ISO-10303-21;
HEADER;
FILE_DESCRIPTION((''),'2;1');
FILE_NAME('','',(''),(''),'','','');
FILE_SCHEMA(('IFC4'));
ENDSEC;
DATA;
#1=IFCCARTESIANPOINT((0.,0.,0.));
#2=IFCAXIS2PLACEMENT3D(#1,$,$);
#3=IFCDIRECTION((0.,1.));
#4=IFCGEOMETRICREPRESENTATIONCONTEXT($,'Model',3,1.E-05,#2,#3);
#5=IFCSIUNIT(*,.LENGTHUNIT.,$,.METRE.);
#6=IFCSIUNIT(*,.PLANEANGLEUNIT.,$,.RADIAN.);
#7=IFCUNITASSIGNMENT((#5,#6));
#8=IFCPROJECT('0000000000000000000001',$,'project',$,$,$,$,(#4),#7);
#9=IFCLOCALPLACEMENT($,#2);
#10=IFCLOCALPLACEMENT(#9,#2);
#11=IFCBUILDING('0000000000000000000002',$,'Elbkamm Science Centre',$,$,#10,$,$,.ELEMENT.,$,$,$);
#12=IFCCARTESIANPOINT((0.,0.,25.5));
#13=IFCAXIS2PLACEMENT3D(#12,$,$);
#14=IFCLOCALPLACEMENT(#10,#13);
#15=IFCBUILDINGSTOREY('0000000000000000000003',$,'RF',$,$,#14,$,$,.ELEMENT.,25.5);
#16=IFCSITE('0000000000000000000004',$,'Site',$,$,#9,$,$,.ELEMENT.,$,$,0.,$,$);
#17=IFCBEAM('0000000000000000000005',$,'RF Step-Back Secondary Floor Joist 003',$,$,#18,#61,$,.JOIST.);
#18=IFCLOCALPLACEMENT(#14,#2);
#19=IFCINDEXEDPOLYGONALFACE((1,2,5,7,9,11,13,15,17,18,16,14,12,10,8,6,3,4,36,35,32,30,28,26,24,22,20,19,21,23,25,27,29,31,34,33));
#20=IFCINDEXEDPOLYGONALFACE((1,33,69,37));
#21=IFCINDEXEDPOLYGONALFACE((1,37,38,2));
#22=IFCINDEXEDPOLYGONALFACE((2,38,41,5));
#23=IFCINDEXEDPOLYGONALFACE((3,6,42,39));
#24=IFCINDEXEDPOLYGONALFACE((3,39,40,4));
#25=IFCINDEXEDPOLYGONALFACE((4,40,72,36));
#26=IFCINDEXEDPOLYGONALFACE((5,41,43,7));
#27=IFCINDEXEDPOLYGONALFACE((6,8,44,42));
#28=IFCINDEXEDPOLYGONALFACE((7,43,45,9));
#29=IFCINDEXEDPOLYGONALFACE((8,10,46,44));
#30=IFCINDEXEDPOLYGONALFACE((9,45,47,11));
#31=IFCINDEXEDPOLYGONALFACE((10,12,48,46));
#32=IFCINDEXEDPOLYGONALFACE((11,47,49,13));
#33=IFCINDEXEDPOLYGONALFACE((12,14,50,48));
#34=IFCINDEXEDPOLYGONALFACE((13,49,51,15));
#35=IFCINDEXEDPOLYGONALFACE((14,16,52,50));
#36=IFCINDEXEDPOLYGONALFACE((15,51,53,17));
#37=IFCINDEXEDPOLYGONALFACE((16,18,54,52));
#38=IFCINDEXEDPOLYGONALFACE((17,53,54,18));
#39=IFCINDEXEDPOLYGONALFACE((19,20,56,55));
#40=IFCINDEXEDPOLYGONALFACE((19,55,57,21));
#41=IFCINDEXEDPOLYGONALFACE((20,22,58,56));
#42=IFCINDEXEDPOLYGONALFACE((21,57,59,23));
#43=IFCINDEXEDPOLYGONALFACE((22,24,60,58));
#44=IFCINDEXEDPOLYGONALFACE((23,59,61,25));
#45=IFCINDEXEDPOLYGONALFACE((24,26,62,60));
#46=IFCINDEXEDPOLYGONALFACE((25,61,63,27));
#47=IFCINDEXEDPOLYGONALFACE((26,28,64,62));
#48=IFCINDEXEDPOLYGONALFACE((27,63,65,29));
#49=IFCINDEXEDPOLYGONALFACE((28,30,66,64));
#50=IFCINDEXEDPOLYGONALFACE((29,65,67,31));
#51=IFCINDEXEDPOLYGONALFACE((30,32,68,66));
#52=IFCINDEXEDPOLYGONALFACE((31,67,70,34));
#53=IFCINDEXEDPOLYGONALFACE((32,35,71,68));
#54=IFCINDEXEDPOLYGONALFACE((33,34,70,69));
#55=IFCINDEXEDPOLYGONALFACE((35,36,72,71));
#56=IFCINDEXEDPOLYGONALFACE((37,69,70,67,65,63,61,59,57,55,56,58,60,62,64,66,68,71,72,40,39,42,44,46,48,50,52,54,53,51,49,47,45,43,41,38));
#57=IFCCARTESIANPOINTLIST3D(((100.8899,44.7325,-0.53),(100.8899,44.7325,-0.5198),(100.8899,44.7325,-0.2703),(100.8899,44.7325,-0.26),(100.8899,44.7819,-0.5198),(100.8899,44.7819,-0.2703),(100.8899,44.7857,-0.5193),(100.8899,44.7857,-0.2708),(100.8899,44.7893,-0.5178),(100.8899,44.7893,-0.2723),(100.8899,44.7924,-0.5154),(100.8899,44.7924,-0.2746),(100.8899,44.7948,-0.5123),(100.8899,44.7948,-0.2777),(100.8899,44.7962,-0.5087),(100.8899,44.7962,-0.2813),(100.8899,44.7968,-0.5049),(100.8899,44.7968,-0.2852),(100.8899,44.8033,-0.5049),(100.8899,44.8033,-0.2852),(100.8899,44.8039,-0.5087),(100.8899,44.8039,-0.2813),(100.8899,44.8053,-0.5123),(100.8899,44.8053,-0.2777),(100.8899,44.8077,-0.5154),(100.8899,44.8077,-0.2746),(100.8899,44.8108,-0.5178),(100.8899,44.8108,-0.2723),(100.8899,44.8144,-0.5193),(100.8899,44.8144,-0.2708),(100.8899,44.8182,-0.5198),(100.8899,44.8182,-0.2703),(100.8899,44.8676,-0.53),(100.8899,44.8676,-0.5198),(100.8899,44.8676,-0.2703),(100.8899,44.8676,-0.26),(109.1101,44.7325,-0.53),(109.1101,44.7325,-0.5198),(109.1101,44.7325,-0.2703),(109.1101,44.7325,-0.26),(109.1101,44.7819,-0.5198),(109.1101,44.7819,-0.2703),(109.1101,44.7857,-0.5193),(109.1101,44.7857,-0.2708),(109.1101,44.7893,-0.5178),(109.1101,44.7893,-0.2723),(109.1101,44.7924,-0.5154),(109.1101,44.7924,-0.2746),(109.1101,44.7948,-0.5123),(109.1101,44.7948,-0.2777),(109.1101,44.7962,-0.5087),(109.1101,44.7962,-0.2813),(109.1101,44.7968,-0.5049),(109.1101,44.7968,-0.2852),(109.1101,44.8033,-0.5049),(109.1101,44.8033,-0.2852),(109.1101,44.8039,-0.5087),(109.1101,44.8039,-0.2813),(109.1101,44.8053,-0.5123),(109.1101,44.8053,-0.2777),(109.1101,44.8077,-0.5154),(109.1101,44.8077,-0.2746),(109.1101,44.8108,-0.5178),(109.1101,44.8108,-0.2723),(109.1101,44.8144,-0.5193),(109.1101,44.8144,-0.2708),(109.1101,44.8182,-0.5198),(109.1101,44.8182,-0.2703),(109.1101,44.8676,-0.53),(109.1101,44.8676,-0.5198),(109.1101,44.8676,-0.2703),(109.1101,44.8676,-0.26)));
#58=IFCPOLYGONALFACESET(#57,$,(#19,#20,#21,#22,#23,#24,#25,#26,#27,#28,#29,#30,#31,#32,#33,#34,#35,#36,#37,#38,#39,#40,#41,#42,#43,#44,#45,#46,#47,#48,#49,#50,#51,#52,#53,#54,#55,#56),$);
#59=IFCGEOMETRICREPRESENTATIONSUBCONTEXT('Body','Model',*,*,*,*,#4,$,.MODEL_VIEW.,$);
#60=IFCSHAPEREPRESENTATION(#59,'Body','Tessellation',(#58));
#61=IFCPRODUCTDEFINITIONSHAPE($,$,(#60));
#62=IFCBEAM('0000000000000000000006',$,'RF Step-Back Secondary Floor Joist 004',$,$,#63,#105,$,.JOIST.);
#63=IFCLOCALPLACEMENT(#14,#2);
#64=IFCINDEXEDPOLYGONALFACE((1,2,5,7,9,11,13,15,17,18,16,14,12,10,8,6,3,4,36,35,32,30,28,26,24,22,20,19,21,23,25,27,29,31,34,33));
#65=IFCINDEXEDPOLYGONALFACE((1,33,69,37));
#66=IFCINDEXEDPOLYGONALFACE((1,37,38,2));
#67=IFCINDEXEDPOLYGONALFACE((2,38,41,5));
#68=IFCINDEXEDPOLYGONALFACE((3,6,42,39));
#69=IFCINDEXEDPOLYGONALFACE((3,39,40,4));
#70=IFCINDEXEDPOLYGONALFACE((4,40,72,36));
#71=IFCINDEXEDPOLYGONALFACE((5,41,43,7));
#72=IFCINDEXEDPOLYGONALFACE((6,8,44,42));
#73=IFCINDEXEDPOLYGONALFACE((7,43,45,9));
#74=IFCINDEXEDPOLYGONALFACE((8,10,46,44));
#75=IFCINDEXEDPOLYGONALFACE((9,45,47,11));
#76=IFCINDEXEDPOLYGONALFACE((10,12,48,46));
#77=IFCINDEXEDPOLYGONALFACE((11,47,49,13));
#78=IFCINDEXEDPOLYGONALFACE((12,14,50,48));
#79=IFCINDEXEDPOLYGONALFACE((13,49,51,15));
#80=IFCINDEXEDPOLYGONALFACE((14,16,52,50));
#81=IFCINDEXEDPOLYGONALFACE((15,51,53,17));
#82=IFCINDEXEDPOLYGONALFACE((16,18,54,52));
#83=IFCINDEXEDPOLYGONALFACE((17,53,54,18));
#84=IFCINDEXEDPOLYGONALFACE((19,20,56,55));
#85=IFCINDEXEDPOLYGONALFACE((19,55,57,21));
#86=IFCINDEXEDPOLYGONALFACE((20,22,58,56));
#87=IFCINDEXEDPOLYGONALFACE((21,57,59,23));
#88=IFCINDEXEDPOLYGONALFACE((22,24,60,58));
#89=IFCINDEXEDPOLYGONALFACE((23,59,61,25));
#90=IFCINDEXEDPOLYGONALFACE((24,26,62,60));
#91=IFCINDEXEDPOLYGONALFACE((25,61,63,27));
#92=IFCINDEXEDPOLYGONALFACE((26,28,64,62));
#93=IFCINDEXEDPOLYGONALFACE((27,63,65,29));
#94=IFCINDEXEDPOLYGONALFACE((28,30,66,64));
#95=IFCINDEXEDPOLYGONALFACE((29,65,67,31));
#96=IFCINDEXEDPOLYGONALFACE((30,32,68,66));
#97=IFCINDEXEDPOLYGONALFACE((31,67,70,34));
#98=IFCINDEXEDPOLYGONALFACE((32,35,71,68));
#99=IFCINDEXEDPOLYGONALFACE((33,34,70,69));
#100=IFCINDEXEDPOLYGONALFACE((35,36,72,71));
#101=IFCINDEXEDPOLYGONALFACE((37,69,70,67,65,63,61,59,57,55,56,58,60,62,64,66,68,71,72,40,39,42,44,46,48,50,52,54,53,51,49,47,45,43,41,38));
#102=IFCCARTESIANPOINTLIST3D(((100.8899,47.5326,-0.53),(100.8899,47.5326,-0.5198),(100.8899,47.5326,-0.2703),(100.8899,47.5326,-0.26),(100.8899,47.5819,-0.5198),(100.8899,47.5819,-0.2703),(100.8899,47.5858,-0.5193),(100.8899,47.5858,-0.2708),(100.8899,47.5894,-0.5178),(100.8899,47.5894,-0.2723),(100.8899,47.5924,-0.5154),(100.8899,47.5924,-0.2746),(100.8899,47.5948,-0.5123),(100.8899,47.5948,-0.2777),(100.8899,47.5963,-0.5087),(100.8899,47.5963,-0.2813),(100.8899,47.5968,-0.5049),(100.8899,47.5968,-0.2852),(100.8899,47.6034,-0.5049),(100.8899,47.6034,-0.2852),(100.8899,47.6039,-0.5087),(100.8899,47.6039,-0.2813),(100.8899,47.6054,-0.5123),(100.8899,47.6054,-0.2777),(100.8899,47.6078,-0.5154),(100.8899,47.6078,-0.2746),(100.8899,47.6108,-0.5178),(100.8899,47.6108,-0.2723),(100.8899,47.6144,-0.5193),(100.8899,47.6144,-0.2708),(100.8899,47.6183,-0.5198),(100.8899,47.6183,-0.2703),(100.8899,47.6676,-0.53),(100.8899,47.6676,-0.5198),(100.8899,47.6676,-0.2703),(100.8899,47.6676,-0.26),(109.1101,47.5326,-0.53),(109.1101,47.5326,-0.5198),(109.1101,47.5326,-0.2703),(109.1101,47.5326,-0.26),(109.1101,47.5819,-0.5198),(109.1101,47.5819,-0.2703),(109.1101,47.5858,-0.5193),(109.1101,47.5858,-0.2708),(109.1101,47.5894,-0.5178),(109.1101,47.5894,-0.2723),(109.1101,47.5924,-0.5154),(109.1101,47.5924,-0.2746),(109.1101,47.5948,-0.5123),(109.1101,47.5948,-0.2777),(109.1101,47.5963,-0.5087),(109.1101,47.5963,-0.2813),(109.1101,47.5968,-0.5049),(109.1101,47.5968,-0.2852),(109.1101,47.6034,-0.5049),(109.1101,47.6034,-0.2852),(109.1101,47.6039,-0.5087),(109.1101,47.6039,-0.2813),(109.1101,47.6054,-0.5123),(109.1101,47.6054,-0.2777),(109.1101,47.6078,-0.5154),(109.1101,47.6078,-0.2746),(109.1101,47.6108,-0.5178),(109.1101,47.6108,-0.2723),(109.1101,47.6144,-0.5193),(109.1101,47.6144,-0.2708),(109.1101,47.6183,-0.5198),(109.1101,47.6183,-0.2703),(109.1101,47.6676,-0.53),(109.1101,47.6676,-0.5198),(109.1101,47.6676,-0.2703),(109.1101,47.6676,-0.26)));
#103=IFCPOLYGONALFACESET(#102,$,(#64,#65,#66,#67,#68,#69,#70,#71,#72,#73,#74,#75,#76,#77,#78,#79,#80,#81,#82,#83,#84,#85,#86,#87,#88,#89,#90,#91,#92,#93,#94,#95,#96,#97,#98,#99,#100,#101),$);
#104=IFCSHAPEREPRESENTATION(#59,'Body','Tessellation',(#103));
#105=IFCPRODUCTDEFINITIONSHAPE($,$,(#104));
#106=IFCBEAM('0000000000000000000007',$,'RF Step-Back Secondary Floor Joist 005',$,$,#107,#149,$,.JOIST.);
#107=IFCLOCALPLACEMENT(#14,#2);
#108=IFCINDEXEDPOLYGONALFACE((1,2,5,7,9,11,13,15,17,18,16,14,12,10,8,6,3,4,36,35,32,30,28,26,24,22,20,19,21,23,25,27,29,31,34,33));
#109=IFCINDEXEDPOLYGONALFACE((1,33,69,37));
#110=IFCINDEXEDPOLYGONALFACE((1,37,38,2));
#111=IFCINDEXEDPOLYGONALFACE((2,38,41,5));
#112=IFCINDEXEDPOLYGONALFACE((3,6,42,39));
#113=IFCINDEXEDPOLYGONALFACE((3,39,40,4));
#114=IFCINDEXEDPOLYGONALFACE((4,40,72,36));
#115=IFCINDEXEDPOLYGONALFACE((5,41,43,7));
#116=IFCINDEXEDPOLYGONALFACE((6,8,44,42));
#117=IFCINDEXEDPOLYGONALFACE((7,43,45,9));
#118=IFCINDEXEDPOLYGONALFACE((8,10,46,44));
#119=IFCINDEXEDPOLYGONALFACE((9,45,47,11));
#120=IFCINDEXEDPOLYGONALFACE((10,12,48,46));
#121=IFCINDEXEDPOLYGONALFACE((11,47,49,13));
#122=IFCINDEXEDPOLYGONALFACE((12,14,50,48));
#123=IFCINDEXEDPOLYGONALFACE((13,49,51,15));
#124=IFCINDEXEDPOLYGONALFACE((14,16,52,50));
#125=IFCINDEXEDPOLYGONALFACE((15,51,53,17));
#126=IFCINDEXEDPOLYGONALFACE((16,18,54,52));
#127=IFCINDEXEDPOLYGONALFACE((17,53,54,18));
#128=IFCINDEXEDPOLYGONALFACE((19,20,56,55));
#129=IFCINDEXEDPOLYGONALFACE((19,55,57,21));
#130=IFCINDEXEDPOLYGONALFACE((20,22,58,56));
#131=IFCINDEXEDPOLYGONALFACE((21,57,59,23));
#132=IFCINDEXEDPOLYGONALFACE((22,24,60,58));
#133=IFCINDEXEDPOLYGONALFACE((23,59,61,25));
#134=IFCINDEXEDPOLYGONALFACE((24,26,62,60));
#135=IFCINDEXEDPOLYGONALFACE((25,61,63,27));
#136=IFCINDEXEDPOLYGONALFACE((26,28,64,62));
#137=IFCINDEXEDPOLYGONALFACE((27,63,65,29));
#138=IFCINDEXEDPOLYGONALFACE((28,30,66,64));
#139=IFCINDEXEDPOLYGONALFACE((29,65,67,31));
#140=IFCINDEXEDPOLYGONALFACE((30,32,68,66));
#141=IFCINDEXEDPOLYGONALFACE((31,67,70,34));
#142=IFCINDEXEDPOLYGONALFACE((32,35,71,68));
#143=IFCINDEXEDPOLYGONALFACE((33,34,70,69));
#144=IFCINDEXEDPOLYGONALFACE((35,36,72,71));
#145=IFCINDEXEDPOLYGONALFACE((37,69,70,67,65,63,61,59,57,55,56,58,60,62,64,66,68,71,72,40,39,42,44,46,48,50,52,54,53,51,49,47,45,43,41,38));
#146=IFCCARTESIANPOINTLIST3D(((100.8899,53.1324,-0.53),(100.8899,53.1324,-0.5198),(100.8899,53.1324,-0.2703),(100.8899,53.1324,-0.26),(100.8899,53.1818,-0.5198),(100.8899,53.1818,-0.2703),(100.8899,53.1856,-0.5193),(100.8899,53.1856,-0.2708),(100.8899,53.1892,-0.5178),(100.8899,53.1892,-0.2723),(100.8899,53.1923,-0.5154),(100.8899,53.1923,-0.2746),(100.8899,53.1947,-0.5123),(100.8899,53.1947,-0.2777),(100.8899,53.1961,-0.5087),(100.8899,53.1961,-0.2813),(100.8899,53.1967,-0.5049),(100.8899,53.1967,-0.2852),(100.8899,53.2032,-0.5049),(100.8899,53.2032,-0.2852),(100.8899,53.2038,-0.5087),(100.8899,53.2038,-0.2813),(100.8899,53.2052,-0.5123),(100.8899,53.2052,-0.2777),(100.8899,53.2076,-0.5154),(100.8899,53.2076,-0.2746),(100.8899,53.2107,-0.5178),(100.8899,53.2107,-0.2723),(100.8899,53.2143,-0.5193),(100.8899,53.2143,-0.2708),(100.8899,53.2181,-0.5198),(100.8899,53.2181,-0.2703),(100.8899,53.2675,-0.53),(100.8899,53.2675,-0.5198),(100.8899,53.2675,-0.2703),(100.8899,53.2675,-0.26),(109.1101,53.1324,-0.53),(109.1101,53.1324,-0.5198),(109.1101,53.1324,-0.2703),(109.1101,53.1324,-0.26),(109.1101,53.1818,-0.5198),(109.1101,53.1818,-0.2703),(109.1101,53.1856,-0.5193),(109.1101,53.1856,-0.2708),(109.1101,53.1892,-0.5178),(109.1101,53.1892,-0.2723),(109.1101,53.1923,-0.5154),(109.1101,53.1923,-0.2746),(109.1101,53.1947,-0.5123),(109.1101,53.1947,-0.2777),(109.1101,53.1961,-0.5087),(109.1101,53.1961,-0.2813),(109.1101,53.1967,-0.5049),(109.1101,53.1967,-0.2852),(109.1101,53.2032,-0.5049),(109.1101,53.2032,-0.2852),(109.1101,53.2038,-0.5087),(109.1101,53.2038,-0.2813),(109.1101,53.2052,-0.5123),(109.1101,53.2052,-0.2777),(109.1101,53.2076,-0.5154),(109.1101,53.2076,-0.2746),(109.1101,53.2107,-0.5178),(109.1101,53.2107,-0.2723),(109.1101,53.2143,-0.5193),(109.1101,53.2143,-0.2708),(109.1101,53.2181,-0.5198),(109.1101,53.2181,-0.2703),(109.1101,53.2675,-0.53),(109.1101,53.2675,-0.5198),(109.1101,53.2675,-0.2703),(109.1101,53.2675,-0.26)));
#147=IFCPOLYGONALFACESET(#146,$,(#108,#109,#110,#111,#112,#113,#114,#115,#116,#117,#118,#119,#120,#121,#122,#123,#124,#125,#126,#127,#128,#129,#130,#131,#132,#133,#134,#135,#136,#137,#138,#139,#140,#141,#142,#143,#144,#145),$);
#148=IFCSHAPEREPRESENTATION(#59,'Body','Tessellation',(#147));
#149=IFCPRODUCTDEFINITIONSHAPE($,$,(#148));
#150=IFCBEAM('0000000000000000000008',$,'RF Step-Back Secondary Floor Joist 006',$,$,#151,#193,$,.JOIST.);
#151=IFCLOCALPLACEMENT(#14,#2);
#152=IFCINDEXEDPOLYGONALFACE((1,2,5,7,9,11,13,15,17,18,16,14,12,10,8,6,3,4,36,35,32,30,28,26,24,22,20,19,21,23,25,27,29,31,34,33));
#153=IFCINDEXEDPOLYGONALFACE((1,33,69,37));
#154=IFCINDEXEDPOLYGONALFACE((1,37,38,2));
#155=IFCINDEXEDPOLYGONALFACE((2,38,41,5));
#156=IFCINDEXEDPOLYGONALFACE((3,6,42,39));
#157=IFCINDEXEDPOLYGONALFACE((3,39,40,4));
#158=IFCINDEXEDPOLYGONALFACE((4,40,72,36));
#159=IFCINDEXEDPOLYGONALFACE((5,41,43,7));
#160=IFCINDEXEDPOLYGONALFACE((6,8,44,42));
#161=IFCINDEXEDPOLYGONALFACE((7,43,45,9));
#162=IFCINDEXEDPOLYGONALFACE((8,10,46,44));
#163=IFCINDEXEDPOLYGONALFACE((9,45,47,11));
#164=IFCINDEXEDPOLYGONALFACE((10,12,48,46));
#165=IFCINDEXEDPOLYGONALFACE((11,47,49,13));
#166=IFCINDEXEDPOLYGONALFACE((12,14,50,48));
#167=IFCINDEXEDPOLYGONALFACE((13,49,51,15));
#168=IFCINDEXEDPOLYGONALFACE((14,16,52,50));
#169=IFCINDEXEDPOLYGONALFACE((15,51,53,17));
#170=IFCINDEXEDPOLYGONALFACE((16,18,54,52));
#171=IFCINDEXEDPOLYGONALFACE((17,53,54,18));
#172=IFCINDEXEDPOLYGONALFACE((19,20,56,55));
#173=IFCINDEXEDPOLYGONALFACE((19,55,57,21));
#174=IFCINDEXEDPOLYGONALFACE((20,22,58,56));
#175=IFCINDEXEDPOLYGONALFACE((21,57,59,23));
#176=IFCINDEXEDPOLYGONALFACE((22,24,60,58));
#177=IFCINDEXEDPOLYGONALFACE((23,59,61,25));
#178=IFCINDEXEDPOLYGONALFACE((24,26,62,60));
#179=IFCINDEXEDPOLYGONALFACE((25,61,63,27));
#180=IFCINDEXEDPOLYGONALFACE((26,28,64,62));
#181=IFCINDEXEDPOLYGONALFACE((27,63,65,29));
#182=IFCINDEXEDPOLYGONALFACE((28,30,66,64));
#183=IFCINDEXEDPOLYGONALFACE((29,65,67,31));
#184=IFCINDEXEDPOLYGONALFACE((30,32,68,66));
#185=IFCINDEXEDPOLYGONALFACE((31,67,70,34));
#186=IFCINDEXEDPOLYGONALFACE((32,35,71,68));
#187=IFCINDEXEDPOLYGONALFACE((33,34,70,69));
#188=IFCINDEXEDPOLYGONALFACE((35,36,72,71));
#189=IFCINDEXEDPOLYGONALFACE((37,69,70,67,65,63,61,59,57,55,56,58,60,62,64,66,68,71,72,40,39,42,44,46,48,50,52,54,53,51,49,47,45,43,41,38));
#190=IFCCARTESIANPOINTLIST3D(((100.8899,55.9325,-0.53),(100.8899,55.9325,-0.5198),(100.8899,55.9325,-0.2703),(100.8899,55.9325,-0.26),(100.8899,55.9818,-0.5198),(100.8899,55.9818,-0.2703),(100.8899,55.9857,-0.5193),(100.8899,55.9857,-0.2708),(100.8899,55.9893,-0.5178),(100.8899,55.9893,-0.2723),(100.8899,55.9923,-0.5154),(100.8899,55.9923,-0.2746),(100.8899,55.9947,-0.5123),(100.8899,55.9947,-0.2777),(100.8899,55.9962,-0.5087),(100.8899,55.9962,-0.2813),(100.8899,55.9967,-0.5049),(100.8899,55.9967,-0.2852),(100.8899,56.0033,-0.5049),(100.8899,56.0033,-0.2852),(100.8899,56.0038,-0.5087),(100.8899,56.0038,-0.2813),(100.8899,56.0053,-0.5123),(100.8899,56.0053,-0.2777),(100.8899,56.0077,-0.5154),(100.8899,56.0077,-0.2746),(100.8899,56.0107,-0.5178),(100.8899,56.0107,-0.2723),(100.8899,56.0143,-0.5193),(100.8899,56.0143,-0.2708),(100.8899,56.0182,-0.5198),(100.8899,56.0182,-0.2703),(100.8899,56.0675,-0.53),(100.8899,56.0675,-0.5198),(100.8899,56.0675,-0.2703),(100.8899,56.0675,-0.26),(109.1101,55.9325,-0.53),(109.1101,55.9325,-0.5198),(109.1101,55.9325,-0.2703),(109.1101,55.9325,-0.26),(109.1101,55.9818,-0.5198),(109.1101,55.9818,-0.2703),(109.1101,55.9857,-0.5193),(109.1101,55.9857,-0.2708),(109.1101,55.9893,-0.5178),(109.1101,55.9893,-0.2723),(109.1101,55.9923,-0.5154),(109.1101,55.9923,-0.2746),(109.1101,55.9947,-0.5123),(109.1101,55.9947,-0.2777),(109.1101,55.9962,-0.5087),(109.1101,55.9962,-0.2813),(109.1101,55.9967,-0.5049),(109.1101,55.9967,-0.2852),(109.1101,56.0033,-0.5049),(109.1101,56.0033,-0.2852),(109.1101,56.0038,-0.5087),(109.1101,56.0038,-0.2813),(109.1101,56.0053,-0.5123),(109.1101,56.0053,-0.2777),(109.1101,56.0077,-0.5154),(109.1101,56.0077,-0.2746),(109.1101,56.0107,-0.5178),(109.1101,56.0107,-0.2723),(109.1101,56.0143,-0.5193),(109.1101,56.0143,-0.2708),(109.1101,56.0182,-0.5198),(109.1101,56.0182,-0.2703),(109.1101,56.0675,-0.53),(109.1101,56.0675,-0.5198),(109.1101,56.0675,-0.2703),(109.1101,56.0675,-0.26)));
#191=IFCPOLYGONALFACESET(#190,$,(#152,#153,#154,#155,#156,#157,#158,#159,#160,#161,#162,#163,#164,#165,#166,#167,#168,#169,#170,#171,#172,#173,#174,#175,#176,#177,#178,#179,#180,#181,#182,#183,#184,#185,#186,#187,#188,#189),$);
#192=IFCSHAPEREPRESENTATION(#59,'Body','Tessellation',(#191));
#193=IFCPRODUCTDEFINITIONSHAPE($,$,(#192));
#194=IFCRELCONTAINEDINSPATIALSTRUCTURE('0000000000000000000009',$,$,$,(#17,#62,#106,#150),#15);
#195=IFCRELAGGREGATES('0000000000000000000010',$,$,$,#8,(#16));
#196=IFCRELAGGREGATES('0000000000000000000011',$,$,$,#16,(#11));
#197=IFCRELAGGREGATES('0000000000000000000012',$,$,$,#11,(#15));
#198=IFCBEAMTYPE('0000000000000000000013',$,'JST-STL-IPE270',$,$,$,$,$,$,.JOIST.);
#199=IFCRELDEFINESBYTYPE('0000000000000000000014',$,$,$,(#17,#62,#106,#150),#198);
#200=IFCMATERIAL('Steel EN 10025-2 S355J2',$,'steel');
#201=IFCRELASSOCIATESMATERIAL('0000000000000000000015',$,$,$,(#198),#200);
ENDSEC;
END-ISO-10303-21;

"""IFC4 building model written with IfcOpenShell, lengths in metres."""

from ifc_helpers import new_model, si_unit, direction, frame, origin, origin_2d, place, context, subcontext, project, spatial, i_section, extrude, material, material_profile, profile_set, type_object, element, save


model = new_model("IFC4")

# Units and contexts
model_context = context("Model", 3, precision=1e-05, world=origin(), true_north=direction((0.0, 1.0)))
body_context = subcontext(model_context, "Body", "Model", "MODEL_VIEW")
ifc_project = project(units=[si_unit("LENGTHUNIT", "METRE"), si_unit("PLANEANGLEUNIT", "RADIAN")], contexts=[model_context])

# Site, building, storey
site_placement = place(None, origin())
site = spatial("IfcSite", under=ifc_project, at=site_placement, Name="Site", CompositionType="ELEMENT", RefElevation=0.0)
building_placement = place(site_placement, origin())
building = spatial("IfcBuilding", under=site, at=building_placement, Name="Elbkamm Science Centre", CompositionType="ELEMENT")
storey_placement = place(building_placement, frame((0.0, 0.0, 25.5)))
storey = spatial("IfcBuildingStorey", under=building, at=storey_placement, Name="RF", CompositionType="ELEMENT", Elevation=25.5)

# Beams
ifc_material_1 = material(Name="Steel EN 10025-2 S355J2", Category="steel")
ifc_material_profile_1 = material_profile(ifc_material_1, i_section(OverallWidth=0.135, OverallDepth=0.27, WebThickness=0.0066, FlangeThickness=0.0103, FilletRadius=0.0149, at=origin_2d()), Name="IPE 270")
ifc_profile_set_1 = profile_set([ifc_material_profile_1], Name="Steel EN 10025-2 S355J2")
beam_type_1 = type_object("IfcBeamType", Name="JST-STL-IPE270", PredefinedType="JOIST", material=ifc_profile_set_1)
for number, where, z_axis, x_axis, name in (
    (1, (100.8899, 44.8, -0.395), (1.0, 0.0, 0.0), (0.0, 1.0, 0.0), "RF Step-Back Secondary Floor Joist 003"),
    (2, (100.8899, 47.6001, -0.395), (1.0, 0.0, 0.0), (0.0, 1.0, 0.0), "RF Step-Back Secondary Floor Joist 004"),
    (3, (100.8899, 53.2, -0.395), (1.0, 0.0, 0.0), (0.0, 1.0, 0.0), "RF Step-Back Secondary Floor Joist 005"),
    (4, (100.8899, 56.0, -0.395), (1.0, 0.0, 0.0), (0.0, 1.0, 0.0), "RF Step-Back Secondary Floor Joist 006"),
):
    element("IfcBeam", number, at=place(storey_placement, frame(where, z_axis=z_axis, x_axis=x_axis)), inside=storey, type_object=beam_type_1, Name=name, PredefinedType="JOIST", context=body_context, shape_type="SweptSolid", body=[
        extrude(i_section(OverallWidth=0.135, OverallDepth=0.27, WebThickness=0.0066, FlangeThickness=0.0103, FilletRadius=0.0149, at=origin_2d()), origin(), (0.0, 0.0, 1.0), 8.2202),
    ])

save(model, "model.ifc")
